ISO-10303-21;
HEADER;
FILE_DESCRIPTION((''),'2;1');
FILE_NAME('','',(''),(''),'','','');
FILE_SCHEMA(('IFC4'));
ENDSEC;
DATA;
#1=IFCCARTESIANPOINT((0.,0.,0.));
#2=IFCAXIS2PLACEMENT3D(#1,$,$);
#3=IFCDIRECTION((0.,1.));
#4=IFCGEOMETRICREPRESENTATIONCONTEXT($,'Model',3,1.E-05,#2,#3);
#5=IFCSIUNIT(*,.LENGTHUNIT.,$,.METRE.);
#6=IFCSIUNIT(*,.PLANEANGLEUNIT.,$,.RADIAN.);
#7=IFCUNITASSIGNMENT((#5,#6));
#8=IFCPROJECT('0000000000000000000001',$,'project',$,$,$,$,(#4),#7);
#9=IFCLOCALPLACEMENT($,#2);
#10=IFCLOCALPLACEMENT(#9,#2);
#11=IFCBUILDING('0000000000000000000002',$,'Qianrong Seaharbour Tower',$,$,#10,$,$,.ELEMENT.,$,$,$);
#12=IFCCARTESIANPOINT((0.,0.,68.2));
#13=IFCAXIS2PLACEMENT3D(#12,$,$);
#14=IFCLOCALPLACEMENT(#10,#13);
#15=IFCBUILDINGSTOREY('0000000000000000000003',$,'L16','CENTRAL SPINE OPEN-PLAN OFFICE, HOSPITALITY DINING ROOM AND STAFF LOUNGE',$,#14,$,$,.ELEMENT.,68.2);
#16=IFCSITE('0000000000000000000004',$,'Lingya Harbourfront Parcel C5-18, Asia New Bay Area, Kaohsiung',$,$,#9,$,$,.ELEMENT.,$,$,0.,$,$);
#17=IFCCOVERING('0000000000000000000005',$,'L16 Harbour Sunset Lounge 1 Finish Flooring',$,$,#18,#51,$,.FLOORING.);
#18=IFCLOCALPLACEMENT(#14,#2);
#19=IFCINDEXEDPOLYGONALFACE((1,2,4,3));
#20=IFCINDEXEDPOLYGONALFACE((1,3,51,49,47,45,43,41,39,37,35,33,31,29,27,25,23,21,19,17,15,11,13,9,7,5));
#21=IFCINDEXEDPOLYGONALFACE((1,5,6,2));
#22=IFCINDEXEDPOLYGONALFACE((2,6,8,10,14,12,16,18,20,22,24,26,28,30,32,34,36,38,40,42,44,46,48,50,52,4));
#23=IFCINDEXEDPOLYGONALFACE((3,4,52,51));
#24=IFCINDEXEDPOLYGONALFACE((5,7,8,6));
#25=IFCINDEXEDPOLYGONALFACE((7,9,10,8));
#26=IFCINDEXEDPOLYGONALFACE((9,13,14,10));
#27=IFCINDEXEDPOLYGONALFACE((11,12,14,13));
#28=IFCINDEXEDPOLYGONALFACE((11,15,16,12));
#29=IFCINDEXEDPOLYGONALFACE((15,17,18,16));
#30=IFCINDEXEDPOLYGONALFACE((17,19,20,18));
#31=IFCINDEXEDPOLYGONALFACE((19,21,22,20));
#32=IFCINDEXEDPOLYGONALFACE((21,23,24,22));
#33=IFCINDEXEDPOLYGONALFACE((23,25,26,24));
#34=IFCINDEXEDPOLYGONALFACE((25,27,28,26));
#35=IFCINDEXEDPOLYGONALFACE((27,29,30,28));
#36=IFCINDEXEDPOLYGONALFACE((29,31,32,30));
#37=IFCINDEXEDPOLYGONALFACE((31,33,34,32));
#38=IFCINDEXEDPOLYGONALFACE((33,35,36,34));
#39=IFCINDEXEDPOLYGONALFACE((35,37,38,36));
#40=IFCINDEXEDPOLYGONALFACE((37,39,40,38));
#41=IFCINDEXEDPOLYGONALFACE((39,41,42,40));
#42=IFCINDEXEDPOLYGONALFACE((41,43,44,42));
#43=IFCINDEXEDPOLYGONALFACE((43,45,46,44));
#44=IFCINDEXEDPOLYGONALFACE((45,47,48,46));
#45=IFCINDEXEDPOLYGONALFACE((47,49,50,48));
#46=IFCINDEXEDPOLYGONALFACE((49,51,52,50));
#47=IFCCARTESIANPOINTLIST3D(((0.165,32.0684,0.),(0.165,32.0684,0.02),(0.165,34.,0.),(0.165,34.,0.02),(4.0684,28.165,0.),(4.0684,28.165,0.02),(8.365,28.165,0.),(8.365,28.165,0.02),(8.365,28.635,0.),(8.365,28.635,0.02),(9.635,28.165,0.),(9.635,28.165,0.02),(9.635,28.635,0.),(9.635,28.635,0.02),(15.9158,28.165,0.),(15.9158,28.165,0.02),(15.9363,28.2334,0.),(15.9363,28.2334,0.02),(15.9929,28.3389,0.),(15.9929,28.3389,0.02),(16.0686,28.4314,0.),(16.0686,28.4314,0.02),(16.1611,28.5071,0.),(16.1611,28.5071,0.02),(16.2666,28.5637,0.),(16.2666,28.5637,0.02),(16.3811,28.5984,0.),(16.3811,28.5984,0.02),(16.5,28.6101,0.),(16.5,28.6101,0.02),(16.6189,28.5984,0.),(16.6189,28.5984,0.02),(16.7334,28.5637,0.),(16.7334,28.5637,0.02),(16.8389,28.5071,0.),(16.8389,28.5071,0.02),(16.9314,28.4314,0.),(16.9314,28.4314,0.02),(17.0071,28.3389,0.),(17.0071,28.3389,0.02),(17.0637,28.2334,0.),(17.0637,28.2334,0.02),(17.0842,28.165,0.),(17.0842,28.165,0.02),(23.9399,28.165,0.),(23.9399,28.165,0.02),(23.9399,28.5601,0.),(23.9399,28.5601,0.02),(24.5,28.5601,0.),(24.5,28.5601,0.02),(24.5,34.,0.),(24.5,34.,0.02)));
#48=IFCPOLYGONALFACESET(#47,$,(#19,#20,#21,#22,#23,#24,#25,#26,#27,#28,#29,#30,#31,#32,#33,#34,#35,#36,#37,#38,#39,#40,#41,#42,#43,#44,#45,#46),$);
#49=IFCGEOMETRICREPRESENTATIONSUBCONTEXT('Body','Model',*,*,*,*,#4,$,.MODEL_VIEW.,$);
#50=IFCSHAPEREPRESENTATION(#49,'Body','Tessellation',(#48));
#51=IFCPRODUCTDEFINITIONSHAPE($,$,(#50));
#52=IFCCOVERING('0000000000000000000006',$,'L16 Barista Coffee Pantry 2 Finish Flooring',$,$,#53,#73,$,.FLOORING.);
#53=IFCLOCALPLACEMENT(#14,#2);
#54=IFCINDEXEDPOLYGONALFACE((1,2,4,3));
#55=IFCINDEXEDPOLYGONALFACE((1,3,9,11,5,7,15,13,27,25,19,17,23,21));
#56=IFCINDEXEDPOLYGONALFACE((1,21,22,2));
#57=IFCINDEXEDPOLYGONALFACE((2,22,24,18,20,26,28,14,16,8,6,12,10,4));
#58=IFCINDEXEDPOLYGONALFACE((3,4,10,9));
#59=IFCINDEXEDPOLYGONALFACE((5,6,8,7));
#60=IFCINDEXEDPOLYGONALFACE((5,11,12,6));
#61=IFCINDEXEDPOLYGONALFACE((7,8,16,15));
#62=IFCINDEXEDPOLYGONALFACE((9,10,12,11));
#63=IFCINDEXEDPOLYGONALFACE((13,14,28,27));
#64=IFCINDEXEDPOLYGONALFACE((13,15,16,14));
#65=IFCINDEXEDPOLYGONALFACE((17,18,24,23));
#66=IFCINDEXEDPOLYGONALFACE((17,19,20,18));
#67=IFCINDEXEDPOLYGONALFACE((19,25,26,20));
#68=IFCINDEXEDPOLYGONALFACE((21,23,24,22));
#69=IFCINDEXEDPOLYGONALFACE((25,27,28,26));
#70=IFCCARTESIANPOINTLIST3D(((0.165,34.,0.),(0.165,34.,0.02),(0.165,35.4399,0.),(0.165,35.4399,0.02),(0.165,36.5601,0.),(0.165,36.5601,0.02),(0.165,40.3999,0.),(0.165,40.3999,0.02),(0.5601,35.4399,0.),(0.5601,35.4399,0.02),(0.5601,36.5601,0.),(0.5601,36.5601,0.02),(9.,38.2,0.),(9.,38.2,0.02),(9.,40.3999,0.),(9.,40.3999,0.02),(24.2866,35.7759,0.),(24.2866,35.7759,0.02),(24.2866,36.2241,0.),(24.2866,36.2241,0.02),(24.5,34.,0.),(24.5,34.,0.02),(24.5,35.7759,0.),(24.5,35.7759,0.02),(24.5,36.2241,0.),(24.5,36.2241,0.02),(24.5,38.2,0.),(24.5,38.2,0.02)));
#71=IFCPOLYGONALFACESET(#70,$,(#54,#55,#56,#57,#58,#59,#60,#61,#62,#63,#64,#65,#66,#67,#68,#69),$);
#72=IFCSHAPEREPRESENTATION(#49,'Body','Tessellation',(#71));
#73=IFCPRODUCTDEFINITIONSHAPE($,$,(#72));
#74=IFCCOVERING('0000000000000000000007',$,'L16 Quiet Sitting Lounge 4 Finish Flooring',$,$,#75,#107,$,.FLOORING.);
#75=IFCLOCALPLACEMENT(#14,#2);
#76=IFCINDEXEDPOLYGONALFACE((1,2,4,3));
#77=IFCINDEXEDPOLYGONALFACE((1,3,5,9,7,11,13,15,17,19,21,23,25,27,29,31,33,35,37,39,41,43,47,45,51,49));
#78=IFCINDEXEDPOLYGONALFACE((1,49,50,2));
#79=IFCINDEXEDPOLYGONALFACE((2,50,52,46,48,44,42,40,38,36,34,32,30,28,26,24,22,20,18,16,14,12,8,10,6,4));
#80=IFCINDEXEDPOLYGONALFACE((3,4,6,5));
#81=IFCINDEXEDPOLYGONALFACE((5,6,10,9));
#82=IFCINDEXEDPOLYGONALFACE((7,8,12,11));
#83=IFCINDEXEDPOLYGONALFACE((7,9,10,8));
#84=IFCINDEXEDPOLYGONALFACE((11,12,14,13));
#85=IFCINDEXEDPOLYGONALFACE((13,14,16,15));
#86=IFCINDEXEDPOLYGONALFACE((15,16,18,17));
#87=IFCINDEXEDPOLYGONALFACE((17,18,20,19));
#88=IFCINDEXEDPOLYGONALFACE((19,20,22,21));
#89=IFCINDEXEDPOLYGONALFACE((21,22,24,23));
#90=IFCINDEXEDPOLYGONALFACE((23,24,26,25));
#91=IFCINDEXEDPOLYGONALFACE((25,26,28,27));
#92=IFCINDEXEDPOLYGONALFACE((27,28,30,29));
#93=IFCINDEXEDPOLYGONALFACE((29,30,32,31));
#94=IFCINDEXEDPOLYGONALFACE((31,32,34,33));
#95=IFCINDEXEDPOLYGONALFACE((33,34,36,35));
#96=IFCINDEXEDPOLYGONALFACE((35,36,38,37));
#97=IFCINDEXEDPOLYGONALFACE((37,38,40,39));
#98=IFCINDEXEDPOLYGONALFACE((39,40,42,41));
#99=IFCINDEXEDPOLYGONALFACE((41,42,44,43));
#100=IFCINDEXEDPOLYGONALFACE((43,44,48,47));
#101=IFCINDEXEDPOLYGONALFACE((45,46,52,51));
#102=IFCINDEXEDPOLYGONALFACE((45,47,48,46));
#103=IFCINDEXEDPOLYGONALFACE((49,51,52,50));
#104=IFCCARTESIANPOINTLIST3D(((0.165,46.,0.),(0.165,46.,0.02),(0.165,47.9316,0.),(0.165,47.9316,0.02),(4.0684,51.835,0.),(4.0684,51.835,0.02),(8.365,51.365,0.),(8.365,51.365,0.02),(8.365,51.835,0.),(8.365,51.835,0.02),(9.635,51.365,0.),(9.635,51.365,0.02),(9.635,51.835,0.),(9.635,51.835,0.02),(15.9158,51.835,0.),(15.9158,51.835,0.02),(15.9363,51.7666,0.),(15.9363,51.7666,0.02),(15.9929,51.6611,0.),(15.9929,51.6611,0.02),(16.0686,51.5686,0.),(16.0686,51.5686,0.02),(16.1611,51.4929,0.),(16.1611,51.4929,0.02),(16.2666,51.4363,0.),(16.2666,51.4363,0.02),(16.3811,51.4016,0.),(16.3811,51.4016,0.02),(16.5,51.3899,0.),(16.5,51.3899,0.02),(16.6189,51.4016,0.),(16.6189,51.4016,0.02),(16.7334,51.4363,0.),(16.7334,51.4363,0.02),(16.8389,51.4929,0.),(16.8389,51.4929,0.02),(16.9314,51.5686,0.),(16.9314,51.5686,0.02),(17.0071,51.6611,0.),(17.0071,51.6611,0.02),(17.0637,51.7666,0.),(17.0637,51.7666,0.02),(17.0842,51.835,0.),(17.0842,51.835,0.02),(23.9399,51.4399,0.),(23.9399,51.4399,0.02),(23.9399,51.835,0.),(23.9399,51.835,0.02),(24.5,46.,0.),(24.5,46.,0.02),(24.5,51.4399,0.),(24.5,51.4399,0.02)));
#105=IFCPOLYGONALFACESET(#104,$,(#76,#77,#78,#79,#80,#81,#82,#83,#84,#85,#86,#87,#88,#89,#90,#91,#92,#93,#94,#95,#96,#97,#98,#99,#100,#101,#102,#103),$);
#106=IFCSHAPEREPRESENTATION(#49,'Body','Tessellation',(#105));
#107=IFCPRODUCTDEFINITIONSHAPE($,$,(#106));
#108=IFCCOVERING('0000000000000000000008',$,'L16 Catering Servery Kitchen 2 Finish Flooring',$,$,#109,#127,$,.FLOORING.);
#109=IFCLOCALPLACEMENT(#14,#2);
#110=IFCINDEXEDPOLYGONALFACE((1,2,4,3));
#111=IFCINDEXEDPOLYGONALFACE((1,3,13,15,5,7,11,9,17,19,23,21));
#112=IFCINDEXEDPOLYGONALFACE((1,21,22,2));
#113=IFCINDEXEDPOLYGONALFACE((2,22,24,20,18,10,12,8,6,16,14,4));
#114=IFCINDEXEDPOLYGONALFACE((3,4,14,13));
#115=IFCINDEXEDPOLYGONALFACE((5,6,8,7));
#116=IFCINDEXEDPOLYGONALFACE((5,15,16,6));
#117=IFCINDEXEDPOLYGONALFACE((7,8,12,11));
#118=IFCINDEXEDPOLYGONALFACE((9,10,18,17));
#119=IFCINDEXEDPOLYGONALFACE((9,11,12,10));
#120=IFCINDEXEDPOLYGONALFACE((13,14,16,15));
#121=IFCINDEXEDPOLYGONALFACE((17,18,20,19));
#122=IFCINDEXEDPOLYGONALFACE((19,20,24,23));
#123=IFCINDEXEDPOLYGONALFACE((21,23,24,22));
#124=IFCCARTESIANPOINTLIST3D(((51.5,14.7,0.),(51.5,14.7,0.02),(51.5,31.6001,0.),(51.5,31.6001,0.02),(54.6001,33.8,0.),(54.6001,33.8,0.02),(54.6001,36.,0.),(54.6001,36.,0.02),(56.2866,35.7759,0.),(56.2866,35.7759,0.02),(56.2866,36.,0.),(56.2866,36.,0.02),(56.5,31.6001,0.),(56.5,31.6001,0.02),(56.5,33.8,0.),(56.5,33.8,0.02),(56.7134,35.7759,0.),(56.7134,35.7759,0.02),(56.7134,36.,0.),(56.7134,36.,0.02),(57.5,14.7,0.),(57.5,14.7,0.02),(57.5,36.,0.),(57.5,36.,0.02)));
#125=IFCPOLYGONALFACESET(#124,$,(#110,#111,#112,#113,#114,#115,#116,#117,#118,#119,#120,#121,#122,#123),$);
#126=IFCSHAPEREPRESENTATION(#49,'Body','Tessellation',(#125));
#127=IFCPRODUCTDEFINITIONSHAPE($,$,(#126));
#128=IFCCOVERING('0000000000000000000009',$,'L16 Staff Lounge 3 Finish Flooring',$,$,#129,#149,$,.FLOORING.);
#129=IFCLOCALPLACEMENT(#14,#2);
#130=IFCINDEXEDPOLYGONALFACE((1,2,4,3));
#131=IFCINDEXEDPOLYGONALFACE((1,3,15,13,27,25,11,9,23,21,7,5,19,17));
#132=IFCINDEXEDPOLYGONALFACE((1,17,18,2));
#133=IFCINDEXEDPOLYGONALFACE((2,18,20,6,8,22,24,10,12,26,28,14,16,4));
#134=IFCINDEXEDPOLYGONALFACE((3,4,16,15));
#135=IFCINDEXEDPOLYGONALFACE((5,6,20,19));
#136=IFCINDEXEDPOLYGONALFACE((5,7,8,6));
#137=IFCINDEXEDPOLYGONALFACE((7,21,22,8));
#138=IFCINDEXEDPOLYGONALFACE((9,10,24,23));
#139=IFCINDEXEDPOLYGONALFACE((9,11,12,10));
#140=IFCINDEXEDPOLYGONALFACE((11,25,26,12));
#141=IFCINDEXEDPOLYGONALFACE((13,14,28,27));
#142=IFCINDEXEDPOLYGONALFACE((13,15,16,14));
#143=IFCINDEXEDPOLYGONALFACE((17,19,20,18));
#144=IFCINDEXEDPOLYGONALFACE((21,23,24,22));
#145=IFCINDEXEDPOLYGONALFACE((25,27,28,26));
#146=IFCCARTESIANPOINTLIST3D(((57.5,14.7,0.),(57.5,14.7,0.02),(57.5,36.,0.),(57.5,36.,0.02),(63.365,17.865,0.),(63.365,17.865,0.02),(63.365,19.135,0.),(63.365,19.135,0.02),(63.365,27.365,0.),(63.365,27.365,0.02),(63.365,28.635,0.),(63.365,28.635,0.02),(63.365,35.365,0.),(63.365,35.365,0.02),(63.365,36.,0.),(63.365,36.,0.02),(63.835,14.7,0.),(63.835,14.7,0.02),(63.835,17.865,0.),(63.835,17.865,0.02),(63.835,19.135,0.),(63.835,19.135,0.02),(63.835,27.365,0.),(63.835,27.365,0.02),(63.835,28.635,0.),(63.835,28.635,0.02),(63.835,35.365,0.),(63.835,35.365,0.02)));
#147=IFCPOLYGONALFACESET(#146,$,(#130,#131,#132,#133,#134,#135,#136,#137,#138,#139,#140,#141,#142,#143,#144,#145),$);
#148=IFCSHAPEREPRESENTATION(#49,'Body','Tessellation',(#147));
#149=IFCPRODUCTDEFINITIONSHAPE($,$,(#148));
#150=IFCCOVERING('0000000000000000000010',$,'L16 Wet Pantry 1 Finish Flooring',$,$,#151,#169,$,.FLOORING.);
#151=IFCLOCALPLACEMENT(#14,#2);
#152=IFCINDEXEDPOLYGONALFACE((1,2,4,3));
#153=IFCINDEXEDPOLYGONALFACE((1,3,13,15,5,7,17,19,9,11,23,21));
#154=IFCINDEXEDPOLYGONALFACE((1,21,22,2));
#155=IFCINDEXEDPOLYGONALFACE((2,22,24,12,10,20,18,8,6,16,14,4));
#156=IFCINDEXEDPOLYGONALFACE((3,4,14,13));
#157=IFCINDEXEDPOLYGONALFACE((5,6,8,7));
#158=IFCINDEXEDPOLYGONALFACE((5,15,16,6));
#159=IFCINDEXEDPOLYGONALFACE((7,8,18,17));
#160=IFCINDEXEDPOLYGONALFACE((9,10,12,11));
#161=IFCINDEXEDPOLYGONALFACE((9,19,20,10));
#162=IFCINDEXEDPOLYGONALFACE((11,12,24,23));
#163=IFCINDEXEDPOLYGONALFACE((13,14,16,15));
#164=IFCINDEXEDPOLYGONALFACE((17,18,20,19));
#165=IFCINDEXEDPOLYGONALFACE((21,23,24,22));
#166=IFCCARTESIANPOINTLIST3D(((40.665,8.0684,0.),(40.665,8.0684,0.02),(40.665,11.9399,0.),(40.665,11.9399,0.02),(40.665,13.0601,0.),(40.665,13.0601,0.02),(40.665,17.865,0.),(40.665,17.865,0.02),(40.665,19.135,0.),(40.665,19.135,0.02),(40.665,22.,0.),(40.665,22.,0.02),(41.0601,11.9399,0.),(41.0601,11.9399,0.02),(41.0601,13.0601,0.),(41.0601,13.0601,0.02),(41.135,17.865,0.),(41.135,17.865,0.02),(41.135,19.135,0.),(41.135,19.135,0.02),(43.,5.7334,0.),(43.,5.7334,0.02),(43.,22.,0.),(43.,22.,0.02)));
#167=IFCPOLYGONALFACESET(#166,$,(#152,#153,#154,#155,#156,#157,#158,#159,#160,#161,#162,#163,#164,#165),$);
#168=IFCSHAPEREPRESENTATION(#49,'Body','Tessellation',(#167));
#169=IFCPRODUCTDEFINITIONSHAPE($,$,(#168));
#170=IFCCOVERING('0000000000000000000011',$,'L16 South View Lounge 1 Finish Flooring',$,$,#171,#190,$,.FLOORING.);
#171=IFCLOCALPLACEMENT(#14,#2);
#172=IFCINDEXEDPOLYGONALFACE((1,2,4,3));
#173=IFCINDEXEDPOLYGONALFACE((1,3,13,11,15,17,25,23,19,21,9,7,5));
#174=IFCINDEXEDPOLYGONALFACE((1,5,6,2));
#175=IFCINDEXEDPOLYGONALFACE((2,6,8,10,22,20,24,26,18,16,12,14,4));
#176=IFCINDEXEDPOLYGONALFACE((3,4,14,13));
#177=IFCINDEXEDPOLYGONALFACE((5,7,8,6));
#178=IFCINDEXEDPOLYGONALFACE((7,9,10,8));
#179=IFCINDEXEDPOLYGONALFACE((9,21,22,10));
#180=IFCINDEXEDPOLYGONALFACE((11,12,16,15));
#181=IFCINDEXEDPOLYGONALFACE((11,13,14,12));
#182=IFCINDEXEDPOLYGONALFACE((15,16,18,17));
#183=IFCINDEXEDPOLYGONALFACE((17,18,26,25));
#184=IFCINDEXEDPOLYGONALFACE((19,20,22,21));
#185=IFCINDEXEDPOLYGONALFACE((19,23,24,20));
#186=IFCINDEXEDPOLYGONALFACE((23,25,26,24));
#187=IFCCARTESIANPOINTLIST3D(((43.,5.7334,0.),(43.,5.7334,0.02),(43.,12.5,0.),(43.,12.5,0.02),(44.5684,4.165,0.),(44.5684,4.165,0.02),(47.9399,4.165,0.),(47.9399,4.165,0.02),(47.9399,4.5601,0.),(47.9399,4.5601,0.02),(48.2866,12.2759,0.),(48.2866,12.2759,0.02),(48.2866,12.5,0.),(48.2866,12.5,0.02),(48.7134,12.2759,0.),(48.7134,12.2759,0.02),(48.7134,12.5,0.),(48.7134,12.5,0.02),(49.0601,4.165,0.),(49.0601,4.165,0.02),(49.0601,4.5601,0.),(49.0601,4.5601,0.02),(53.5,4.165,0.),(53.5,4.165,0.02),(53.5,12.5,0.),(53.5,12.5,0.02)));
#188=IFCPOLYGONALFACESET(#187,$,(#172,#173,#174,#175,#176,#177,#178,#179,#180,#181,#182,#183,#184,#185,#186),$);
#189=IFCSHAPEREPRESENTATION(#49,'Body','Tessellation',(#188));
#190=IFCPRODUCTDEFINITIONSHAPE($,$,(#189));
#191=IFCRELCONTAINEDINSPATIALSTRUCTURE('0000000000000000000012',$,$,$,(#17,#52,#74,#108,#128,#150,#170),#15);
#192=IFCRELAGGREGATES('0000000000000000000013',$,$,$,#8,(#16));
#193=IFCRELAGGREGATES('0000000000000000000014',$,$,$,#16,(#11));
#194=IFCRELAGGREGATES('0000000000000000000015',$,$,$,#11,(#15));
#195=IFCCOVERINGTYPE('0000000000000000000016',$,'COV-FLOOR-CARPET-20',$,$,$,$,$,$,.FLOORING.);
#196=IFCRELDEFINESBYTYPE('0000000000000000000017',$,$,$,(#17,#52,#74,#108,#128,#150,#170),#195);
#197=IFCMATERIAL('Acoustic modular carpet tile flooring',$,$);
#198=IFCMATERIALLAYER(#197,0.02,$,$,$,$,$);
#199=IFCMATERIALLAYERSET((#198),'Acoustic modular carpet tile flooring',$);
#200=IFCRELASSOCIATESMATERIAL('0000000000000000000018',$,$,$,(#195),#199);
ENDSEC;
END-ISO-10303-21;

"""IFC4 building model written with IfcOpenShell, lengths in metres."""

from ifc_helpers import new_model, si_unit, direction, frame, origin, place, context, subcontext, project, spatial, polyline, outline, extrude, material, layer, layer_set, type_object, element, save


model = new_model("IFC4")

# Units and contexts
model_context = context("Model", 3, precision=1e-05, world=origin(), true_north=direction((0.0, 1.0)))
body_context = subcontext(model_context, "Body", "Model", "MODEL_VIEW")
ifc_project = project(units=[si_unit("LENGTHUNIT", "METRE"), si_unit("PLANEANGLEUNIT", "RADIAN")], contexts=[model_context])

# Site, building, storey
site_placement = place(None, origin())
site = spatial("IfcSite", under=ifc_project, at=site_placement, Name="Lingya Harbourfront Parcel C5-18, Asia New Bay Area, Kaohsiung", CompositionType="ELEMENT", RefElevation=0.0)
building_placement = place(site_placement, origin())
building = spatial("IfcBuilding", under=site, at=building_placement, Name="Qianrong Seaharbour Tower", CompositionType="ELEMENT")
storey_placement = place(building_placement, frame((0.0, 0.0, 68.2)))
storey = spatial("IfcBuildingStorey", under=building, at=storey_placement, Name="L16", Description="CENTRAL SPINE OPEN-PLAN OFFICE, HOSPITALITY DINING ROOM AND STAFF LOUNGE", CompositionType="ELEMENT", Elevation=68.2)

# Coverings
ifc_material_1 = material(Name="Acoustic modular carpet tile flooring")
ifc_layer_1 = layer(ifc_material_1, 0.02)
ifc_layer_set_1 = layer_set([ifc_layer_1], Name="Acoustic modular carpet tile flooring")
covering_type_1 = type_object("IfcCoveringType", Name="COV-FLOOR-CARPET-20", PredefinedType="FLOORING", material=ifc_layer_set_1)
covering_1_placement = place(storey_placement, origin())
element("IfcCovering", 1, at=covering_1_placement, inside=storey, type_object=covering_type_1, Name="L16 Harbour Sunset Lounge 1 Finish Flooring", PredefinedType="FLOORING", context=body_context, shape_type="SweptSolid", body=[
    extrude(outline(polyline([(17.0842, 28.165), (17.0637, 28.2334), (17.0071, 28.3389), (16.9314, 28.4314), (16.8389, 28.5071), (16.7334, 28.5637), (16.6189, 28.5984), (16.5, 28.6101), (16.3811, 28.5984), (16.2666, 28.5637), (16.1611, 28.5071), (16.0686, 28.4314), (15.9929, 28.3389), (15.9363, 28.2334), (15.9158, 28.165), (9.635, 28.165), (9.635, 28.635), (8.365, 28.635), (8.365, 28.165), (4.0684, 28.165), (0.165, 32.0684), (0.165, 34.0), (24.5, 34.0), (24.5, 28.5601), (23.9399, 28.5601), (23.9399, 28.165), (17.0842, 28.165)])), origin(), (0.0, 0.0, 1.0), 0.02),
])
covering_2_placement = place(storey_placement, origin())
element("IfcCovering", 2, at=covering_2_placement, inside=storey, type_object=covering_type_1, Name="L16 Barista Coffee Pantry 2 Finish Flooring", PredefinedType="FLOORING", context=body_context, shape_type="SweptSolid", body=[
    extrude(outline(polyline([(0.165, 34.0), (0.165, 35.4399), (0.5601, 35.4399), (0.5601, 36.5601), (0.165, 36.5601), (0.165, 40.3999), (9.0, 40.3999), (9.0, 38.2), (24.5, 38.2), (24.5, 36.2241), (24.2866, 36.2241), (24.2866, 35.7759), (24.5, 35.7759), (24.5, 34.0), (0.165, 34.0)])), origin(), (0.0, 0.0, 1.0), 0.02),
])
covering_3_placement = place(storey_placement, origin())
element("IfcCovering", 3, at=covering_3_placement, inside=storey, type_object=covering_type_1, Name="L16 Quiet Sitting Lounge 4 Finish Flooring", PredefinedType="FLOORING", context=body_context, shape_type="SweptSolid", body=[
    extrude(outline(polyline([(0.165, 47.9316), (4.0684, 51.835), (8.365, 51.835), (8.365, 51.365), (9.635, 51.365), (9.635, 51.835), (15.9158, 51.835), (15.9363, 51.7666), (15.9929, 51.6611), (16.0686, 51.5686), (16.1611, 51.4929), (16.2666, 51.4363), (16.3811, 51.4016), (16.5, 51.3899), (16.6189, 51.4016), (16.7334, 51.4363), (16.8389, 51.4929), (16.9314, 51.5686), (17.0071, 51.6611), (17.0637, 51.7666), (17.0842, 51.835), (23.9399, 51.835), (23.9399, 51.4399), (24.5, 51.4399), (24.5, 46.0), (0.165, 46.0), (0.165, 47.9316)])), origin(), (0.0, 0.0, 1.0), 0.02),
])
covering_4_placement = place(storey_placement, origin())
element("IfcCovering", 4, at=covering_4_placement, inside=storey, type_object=covering_type_1, Name="L16 Catering Servery Kitchen 2 Finish Flooring", PredefinedType="FLOORING", context=body_context, shape_type="SweptSolid", body=[
    extrude(outline(polyline([(56.5, 31.6001), (56.5, 33.8), (54.6001, 33.8), (54.6001, 36.0), (56.2866, 36.0), (56.2866, 35.7759), (56.7134, 35.7759), (56.7134, 36.0), (57.5, 36.0), (57.5, 14.7), (51.5, 14.7), (51.5, 31.6001), (56.5, 31.6001)])), origin(), (0.0, 0.0, 1.0), 0.02),
])
covering_5_placement = place(storey_placement, origin())
element("IfcCovering", 5, at=covering_5_placement, inside=storey, type_object=covering_type_1, Name="L16 Staff Lounge 3 Finish Flooring", PredefinedType="FLOORING", context=body_context, shape_type="SweptSolid", body=[
    extrude(outline(polyline([(63.365, 36.0), (63.365, 35.365), (63.835, 35.365), (63.835, 28.635), (63.365, 28.635), (63.365, 27.365), (63.835, 27.365), (63.835, 19.135), (63.365, 19.135), (63.365, 17.865), (63.835, 17.865), (63.835, 14.7), (57.5, 14.7), (57.5, 36.0), (63.365, 36.0)])), origin(), (0.0, 0.0, 1.0), 0.02),
])
covering_6_placement = place(storey_placement, origin())
element("IfcCovering", 6, at=covering_6_placement, inside=storey, type_object=covering_type_1, Name="L16 Wet Pantry 1 Finish Flooring", PredefinedType="FLOORING", context=body_context, shape_type="SweptSolid", body=[
    extrude(outline(polyline([(40.665, 8.0684), (40.665, 11.9399), (41.0601, 11.9399), (41.0601, 13.0601), (40.665, 13.0601), (40.665, 17.865), (41.135, 17.865), (41.135, 19.135), (40.665, 19.135), (40.665, 22.0), (43.0, 22.0), (43.0, 5.7334), (40.665, 8.0684)])), origin(), (0.0, 0.0, 1.0), 0.02),
])
covering_7_placement = place(storey_placement, origin())
element("IfcCovering", 7, at=covering_7_placement, inside=storey, type_object=covering_type_1, Name="L16 South View Lounge 1 Finish Flooring", PredefinedType="FLOORING", context=body_context, shape_type="SweptSolid", body=[
    extrude(outline(polyline([(53.5, 4.165), (49.0601, 4.165), (49.0601, 4.5601), (47.9399, 4.5601), (47.9399, 4.165), (44.5684, 4.165), (43.0, 5.7334), (43.0, 12.5), (48.2866, 12.5), (48.2866, 12.2759), (48.7134, 12.2759), (48.7134, 12.5), (53.5, 12.5), (53.5, 4.165)])), origin(), (0.0, 0.0, 1.0), 0.02),
])

save(model, "model.ifc")
